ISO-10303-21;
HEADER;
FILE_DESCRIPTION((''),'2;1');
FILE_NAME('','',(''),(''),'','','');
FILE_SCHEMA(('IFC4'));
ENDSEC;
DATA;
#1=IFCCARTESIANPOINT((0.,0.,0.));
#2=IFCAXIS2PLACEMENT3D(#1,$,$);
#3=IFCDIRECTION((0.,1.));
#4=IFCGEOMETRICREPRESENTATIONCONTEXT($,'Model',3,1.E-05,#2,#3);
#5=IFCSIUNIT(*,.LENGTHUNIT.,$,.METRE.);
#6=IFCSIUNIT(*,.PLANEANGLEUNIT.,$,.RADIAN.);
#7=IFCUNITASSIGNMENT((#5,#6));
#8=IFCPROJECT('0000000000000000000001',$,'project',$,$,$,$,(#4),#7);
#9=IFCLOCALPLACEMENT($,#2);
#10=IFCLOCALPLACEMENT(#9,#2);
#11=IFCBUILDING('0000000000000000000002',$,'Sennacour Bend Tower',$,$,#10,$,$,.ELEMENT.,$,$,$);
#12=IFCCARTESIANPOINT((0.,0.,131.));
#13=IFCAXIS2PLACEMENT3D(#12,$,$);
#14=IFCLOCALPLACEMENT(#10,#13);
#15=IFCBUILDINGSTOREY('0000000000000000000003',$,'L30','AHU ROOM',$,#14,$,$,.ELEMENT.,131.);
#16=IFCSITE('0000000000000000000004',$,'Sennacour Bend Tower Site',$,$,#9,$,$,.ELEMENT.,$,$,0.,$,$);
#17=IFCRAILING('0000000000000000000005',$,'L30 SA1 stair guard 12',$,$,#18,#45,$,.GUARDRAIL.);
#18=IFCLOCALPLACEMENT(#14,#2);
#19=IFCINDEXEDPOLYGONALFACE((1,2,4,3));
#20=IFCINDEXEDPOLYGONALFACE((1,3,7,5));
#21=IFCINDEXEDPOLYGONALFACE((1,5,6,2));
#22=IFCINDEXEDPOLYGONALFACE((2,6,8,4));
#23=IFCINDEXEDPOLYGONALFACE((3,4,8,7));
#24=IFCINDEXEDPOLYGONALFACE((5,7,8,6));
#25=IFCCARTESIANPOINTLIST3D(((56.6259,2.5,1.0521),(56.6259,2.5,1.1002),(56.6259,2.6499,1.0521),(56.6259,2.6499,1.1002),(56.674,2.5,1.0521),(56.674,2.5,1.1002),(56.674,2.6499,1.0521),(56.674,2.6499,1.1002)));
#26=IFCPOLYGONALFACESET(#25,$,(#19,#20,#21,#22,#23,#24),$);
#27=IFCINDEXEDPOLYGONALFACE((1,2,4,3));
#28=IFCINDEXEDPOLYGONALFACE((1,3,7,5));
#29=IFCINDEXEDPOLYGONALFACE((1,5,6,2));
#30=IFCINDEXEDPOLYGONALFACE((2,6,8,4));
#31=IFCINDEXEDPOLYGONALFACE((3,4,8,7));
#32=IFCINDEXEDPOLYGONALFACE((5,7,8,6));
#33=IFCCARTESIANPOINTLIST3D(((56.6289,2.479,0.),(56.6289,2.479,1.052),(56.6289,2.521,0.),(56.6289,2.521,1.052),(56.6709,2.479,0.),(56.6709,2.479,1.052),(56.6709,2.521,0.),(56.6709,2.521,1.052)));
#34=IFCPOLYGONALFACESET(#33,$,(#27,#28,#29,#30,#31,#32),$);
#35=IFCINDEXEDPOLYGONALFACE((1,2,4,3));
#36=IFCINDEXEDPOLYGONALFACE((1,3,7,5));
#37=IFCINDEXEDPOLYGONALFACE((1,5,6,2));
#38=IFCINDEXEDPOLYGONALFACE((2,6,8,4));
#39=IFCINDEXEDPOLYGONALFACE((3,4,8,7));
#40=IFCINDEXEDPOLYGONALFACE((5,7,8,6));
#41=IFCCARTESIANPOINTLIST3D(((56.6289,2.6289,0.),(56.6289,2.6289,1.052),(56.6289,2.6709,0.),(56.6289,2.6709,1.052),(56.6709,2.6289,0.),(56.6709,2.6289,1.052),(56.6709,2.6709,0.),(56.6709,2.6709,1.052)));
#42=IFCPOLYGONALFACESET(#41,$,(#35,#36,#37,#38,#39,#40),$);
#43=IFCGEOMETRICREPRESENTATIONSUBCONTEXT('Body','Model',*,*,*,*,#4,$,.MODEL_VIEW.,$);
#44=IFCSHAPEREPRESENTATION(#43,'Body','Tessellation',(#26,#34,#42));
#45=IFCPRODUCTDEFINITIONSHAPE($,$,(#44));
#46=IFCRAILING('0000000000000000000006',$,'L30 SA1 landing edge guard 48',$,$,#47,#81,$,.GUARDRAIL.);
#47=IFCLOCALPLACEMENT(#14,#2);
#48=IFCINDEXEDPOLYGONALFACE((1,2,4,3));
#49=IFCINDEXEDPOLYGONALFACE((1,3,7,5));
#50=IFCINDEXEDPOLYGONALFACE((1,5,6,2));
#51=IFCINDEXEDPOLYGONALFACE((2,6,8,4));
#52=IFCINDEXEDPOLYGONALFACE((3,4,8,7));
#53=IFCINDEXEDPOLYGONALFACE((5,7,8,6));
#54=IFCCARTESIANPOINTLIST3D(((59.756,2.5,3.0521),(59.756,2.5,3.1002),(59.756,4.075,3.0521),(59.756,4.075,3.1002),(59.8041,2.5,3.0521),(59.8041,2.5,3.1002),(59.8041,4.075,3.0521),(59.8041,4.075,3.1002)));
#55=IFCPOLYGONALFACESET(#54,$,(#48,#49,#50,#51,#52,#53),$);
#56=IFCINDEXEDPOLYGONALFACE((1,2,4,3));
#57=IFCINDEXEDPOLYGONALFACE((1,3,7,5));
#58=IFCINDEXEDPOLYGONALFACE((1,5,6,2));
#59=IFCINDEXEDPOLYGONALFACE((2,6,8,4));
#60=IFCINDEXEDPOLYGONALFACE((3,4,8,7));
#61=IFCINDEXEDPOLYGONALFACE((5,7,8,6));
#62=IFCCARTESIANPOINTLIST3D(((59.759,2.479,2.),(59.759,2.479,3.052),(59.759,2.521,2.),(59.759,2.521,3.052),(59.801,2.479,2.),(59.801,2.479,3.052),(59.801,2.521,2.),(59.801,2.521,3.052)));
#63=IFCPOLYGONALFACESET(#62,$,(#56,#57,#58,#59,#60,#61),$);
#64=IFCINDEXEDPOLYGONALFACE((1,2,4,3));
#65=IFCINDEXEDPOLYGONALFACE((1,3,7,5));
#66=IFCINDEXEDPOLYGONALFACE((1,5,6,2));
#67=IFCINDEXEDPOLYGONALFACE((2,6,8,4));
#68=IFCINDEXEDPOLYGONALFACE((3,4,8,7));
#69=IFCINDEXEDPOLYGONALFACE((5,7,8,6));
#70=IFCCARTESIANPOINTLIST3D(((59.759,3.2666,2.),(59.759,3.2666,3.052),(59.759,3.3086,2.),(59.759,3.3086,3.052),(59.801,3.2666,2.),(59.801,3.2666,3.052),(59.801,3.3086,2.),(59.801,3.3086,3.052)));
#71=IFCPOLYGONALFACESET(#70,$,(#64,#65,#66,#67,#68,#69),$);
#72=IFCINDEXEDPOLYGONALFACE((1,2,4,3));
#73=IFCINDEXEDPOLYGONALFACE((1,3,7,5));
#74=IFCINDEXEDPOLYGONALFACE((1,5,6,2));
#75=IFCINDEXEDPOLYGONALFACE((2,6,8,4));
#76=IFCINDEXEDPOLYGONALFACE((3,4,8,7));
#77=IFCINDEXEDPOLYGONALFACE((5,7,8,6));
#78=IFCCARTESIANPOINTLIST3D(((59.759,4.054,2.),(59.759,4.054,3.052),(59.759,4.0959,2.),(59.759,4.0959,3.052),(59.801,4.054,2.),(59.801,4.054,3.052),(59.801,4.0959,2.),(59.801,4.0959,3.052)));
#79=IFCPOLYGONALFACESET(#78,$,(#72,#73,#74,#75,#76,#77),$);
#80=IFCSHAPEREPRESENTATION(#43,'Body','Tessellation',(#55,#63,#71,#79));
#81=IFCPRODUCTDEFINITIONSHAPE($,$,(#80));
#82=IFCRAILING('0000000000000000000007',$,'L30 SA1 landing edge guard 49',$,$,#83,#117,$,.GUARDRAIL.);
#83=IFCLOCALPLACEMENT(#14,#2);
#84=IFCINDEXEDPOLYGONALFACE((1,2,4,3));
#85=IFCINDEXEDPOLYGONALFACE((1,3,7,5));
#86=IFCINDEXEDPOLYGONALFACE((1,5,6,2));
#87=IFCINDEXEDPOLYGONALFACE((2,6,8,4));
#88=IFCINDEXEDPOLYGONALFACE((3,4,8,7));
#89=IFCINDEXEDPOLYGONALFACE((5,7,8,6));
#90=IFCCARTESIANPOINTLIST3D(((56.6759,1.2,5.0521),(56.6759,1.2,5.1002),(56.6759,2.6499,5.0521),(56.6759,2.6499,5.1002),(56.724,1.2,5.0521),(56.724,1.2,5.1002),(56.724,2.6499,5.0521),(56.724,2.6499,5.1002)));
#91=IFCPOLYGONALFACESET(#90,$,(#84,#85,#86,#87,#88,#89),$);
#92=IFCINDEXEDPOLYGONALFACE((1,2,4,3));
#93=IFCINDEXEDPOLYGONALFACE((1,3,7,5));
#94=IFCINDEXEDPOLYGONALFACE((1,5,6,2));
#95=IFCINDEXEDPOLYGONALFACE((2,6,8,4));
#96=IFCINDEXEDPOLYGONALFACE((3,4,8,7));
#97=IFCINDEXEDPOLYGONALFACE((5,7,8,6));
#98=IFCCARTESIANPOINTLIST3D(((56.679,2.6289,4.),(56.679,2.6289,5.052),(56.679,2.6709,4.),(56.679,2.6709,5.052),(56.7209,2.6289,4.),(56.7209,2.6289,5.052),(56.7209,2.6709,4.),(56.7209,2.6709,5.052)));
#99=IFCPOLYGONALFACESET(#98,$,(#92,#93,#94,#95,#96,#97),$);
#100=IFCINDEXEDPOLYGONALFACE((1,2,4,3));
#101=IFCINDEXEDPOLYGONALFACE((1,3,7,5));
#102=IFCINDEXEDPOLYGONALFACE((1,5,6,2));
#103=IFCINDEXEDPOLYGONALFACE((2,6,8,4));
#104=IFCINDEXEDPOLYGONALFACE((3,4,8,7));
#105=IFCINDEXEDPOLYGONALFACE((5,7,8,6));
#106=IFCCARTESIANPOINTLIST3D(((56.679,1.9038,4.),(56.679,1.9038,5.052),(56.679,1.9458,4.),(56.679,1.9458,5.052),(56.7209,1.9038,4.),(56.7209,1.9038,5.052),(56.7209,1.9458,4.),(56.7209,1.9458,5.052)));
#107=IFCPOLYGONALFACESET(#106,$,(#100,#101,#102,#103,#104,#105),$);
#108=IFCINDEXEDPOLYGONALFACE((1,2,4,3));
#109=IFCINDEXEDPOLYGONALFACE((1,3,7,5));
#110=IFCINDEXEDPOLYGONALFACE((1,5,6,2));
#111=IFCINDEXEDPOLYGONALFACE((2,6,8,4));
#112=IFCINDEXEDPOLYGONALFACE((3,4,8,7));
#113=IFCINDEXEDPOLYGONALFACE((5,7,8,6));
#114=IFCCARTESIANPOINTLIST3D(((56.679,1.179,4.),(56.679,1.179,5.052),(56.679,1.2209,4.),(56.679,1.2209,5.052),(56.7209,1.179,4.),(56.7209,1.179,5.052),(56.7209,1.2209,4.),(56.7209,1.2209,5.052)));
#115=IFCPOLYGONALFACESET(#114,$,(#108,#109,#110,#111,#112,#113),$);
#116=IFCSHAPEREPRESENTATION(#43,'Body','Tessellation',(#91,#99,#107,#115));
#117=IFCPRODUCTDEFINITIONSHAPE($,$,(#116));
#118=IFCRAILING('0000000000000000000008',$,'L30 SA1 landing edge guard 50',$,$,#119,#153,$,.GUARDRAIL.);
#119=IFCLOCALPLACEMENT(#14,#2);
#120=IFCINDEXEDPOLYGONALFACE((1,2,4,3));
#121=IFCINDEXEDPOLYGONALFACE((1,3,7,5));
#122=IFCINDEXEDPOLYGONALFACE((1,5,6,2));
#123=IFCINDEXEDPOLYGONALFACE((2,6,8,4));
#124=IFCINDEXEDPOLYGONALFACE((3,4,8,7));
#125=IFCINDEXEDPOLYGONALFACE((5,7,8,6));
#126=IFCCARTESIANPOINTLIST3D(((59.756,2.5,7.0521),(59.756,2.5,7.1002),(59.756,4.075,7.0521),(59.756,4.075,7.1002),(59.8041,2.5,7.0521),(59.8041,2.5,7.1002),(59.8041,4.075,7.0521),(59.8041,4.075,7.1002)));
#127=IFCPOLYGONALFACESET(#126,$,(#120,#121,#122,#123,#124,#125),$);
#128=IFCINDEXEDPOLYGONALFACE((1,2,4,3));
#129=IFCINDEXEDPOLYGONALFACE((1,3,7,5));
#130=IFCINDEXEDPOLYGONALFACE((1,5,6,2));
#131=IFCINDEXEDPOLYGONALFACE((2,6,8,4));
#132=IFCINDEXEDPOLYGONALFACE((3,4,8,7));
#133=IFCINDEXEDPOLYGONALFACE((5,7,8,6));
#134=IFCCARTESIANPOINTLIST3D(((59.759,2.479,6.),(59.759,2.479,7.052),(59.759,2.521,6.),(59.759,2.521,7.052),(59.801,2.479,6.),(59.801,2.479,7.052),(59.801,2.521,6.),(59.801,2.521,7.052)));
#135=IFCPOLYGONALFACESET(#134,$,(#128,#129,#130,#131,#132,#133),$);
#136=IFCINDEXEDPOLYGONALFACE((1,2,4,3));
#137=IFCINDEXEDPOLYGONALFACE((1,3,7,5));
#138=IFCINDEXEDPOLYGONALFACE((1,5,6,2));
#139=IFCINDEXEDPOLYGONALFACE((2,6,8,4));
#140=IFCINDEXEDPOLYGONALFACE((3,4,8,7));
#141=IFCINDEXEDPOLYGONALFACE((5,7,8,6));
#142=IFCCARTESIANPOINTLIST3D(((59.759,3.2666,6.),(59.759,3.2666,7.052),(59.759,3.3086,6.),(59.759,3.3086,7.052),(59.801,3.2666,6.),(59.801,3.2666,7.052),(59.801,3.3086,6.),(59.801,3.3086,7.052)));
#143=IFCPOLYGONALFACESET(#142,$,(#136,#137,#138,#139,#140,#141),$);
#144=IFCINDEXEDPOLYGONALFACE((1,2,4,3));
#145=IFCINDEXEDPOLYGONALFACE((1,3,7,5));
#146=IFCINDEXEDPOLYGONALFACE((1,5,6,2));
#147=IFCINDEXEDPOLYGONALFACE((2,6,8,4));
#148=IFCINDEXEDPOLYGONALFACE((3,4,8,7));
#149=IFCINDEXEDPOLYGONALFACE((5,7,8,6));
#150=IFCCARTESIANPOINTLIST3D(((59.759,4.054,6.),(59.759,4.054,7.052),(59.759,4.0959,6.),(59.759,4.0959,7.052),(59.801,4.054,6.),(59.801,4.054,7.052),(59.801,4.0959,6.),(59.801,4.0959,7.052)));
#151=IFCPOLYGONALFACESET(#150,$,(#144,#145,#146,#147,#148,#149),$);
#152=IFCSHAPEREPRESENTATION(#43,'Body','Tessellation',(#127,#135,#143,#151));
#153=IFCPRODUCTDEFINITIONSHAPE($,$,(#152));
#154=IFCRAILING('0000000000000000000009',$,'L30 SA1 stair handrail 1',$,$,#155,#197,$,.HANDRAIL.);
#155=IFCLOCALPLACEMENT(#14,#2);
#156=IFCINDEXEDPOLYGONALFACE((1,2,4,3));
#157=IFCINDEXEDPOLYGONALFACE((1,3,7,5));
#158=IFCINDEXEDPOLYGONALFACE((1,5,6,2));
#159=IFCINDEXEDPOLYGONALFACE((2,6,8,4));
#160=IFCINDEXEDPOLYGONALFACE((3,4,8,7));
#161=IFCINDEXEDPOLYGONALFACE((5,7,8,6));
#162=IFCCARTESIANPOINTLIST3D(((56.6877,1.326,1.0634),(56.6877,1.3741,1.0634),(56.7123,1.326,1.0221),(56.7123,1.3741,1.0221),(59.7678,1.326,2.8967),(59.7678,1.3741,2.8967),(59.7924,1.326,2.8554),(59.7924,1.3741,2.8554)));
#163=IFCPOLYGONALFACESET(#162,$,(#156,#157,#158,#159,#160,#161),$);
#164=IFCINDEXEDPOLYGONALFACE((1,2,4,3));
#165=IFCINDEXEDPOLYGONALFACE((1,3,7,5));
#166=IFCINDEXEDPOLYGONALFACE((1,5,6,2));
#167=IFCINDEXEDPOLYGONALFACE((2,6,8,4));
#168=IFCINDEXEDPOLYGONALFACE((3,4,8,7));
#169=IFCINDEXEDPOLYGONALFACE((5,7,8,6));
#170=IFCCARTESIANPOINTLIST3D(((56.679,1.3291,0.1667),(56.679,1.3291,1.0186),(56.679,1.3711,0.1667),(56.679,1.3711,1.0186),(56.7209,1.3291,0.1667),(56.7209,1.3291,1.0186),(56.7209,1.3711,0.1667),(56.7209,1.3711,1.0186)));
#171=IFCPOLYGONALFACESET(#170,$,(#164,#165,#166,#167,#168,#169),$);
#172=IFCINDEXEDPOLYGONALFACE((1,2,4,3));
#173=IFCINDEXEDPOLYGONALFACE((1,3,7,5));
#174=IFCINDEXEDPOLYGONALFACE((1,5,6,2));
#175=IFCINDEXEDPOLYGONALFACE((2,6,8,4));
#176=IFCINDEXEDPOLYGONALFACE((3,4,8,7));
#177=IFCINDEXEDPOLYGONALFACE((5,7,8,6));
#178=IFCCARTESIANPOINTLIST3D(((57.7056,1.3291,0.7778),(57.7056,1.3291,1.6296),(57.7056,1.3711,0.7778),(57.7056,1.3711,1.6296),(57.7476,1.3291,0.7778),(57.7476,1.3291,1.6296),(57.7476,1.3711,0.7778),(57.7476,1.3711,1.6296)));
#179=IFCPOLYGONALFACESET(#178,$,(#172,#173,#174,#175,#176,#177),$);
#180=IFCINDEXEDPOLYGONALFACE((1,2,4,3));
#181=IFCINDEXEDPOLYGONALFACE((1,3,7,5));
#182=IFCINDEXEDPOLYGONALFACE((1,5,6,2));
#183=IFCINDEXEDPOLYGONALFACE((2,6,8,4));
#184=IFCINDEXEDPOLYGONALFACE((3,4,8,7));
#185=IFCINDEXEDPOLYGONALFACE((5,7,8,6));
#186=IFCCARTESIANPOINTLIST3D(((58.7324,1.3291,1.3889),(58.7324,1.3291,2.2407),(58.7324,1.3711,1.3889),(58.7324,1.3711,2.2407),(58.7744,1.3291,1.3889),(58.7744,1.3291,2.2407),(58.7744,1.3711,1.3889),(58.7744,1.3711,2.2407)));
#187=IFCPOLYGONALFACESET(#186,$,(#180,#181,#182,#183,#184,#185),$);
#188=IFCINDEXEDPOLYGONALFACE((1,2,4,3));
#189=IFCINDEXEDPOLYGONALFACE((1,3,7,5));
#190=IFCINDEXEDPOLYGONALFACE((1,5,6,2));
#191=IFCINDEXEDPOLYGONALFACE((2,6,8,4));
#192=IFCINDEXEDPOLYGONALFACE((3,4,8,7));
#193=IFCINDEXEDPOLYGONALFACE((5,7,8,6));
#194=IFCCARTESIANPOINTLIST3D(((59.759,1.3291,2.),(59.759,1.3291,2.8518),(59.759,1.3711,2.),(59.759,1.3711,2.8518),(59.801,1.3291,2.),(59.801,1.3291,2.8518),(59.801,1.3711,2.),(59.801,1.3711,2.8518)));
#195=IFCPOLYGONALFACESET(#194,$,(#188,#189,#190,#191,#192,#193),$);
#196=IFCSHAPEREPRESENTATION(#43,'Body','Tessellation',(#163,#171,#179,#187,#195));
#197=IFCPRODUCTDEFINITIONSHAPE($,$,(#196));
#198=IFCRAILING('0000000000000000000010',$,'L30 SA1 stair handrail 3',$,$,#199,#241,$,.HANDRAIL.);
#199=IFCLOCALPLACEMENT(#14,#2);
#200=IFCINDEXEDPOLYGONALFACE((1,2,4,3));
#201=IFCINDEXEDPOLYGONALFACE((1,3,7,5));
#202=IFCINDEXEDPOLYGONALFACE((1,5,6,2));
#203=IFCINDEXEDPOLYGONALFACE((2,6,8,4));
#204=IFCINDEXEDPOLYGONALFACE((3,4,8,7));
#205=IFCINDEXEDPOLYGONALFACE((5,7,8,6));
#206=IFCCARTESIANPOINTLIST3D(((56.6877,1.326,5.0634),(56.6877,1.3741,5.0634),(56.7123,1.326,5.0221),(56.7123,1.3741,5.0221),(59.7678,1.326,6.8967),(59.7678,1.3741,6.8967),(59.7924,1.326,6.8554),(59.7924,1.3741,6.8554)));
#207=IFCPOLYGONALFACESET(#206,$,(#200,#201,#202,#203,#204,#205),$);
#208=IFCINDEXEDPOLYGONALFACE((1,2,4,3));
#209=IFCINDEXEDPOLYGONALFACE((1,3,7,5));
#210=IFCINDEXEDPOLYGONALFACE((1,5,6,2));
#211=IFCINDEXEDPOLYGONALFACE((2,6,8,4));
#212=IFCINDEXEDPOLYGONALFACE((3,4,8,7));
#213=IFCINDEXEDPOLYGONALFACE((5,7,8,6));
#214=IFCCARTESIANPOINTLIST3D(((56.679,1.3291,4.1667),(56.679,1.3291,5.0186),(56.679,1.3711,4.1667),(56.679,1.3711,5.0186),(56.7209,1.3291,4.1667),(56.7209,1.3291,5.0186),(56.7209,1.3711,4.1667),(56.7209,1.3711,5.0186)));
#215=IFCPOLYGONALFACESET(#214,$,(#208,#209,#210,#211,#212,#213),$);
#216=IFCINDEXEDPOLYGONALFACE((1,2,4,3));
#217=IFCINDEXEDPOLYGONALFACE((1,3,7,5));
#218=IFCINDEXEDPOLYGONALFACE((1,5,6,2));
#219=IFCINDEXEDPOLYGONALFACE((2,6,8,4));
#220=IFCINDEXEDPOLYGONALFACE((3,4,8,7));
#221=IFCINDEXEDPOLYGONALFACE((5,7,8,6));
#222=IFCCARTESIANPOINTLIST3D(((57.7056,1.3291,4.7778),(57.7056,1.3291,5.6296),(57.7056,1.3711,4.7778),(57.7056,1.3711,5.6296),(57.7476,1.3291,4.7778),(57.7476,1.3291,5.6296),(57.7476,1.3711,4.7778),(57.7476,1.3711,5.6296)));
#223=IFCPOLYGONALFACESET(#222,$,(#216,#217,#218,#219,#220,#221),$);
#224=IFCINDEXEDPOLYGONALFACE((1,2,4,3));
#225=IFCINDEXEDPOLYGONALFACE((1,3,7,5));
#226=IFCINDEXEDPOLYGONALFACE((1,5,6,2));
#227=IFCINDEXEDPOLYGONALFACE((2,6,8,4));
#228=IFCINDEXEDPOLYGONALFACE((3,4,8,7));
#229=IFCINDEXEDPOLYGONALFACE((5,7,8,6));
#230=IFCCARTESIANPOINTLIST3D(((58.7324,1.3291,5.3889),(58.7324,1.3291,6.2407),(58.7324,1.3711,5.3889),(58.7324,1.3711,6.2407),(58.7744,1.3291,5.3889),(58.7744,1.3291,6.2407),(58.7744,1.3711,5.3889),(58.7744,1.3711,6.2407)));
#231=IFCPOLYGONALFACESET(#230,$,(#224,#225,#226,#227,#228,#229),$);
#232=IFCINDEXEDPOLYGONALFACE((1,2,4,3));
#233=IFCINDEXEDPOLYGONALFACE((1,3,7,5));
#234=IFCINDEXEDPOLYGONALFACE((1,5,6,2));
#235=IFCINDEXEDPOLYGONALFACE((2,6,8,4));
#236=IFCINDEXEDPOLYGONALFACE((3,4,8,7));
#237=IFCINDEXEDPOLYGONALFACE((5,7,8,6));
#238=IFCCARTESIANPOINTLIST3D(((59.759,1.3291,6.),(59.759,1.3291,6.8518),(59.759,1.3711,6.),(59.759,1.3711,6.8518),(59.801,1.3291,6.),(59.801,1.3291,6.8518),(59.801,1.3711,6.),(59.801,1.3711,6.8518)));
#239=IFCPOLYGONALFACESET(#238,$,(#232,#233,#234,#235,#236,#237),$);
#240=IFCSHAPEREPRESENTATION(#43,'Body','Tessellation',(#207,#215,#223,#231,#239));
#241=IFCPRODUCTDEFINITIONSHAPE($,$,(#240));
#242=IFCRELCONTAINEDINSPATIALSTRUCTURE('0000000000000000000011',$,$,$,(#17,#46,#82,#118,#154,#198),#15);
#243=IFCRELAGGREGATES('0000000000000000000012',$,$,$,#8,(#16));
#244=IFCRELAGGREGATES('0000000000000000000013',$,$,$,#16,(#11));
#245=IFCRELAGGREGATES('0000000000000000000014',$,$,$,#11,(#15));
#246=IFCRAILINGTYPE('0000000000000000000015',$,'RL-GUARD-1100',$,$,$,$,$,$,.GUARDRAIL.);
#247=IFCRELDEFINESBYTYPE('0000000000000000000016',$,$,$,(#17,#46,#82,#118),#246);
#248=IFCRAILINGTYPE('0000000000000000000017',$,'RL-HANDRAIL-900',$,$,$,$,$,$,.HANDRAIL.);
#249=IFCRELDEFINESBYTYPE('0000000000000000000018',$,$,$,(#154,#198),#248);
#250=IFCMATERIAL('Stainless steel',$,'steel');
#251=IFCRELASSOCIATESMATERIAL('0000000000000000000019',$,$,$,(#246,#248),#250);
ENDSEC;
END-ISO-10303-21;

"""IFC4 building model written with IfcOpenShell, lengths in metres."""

from ifc_helpers import new_model, si_unit, direction, frame, origin, origin_2d, place, context, subcontext, project, spatial, rectangle, extrude, material, type_object, element, save


model = new_model("IFC4")

# Units and contexts
model_context = context("Model", 3, precision=1e-05, world=origin(), true_north=direction((0.0, 1.0)))
body_context = subcontext(model_context, "Body", "Model", "MODEL_VIEW")
ifc_project = project(units=[si_unit("LENGTHUNIT", "METRE"), si_unit("PLANEANGLEUNIT", "RADIAN")], contexts=[model_context])

# Site, building, storey
site_placement = place(None, origin())
site = spatial("IfcSite", under=ifc_project, at=site_placement, Name="Sennacour Bend Tower Site", CompositionType="ELEMENT", RefElevation=0.0)
building_placement = place(site_placement, origin())
building = spatial("IfcBuilding", under=site, at=building_placement, Name="Sennacour Bend Tower", CompositionType="ELEMENT")
storey_placement = place(building_placement, frame((0.0, 0.0, 131.0)))
storey = spatial("IfcBuildingStorey", under=building, at=storey_placement, Name="L30", Description="AHU ROOM", CompositionType="ELEMENT", Elevation=131.0)

# Shared definitions
ifc_material_1 = material(Name="Stainless steel", Category="steel")

# Railings
railing_type_1 = type_object("IfcRailingType", Name="RL-GUARD-1100", PredefinedType="GUARDRAIL", material=ifc_material_1)
railing_1_placement = place(storey_placement, frame((56.6499, 2.5, 0.0)))
element("IfcRailing", 1, at=railing_1_placement, inside=storey, type_object=railing_type_1, Name="L30 SA1 stair guard 12", PredefinedType="GUARDRAIL", context=body_context, shape_type="SweptSolid", body=[
    extrude(rectangle(XDim=0.0481, YDim=0.0481, at=origin_2d()), frame((0.0, 0.0, 1.0762), z_axis=(0.0, 1.0, 0.0), x_axis=(-1.0, 0.0, 0.0)), (0.0, 0.0, 1.0), 0.1499),
    extrude(rectangle(XDim=0.042, YDim=0.042, at=origin_2d()), origin(), (0.0, 0.0, 1.0), 1.052),
    extrude(rectangle(XDim=0.042, YDim=0.042, at=origin_2d()), frame((0.0, 0.1499, 0.0)), (0.0, 0.0, 1.0), 1.052),
])
railing_2_placement = place(storey_placement, frame((59.78, 2.5, 2.0)))
element("IfcRailing", 2, at=railing_2_placement, inside=storey, type_object=railing_type_1, Name="L30 SA1 landing edge guard 48", PredefinedType="GUARDRAIL", context=body_context, shape_type="SweptSolid", body=[
    extrude(rectangle(XDim=0.0481, YDim=0.0481, at=origin_2d()), frame((0.0, 0.0, 1.0762), z_axis=(0.0, 1.0, 0.0), x_axis=(-1.0, 0.0, 0.0)), (0.0, 0.0, 1.0), 1.575),
    extrude(rectangle(XDim=0.042, YDim=0.042, at=origin_2d()), origin(), (0.0, 0.0, 1.0), 1.052),
    extrude(rectangle(XDim=0.042, YDim=0.042, at=origin_2d()), frame((0.0, 0.7876, 0.0)), (0.0, 0.0, 1.0), 1.052),
    extrude(rectangle(XDim=0.042, YDim=0.042, at=origin_2d()), frame((0.0, 1.575, 0.0)), (0.0, 0.0, 1.0), 1.052),
])
railing_3_placement = place(storey_placement, frame((56.7, 2.6499, 4.0)))
element("IfcRailing", 3, at=railing_3_placement, inside=storey, type_object=railing_type_1, Name="L30 SA1 landing edge guard 49", PredefinedType="GUARDRAIL", context=body_context, shape_type="SweptSolid", body=[
    extrude(rectangle(XDim=0.0481, YDim=0.0481, at=origin_2d()), frame((0.0, 0.0, 1.0762), z_axis=(0.0, -1.0, 0.0), x_axis=(1.0, 0.0, 0.0)), (0.0, 0.0, 1.0), 1.45),
    extrude(rectangle(XDim=0.042, YDim=0.042, at=origin_2d()), origin(), (0.0, 0.0, 1.0), 1.052),
    extrude(rectangle(XDim=0.042, YDim=0.042, at=origin_2d()), frame((0.0, -0.7251, 0.0)), (0.0, 0.0, 1.0), 1.052),
    extrude(rectangle(XDim=0.042, YDim=0.042, at=origin_2d()), frame((0.0, -1.45, 0.0)), (0.0, 0.0, 1.0), 1.052),
])
railing_4_placement = place(storey_placement, frame((59.78, 2.5, 6.0)))
element("IfcRailing", 4, at=railing_4_placement, inside=storey, type_object=railing_type_1, Name="L30 SA1 landing edge guard 50", PredefinedType="GUARDRAIL", context=body_context, shape_type="SweptSolid", body=[
    extrude(rectangle(XDim=0.0481, YDim=0.0481, at=origin_2d()), frame((0.0, 0.0, 1.0762), z_axis=(0.0, 1.0, 0.0), x_axis=(-1.0, 0.0, 0.0)), (0.0, 0.0, 1.0), 1.575),
    extrude(rectangle(XDim=0.042, YDim=0.042, at=origin_2d()), origin(), (0.0, 0.0, 1.0), 1.052),
    extrude(rectangle(XDim=0.042, YDim=0.042, at=origin_2d()), frame((0.0, 0.7876, 0.0)), (0.0, 0.0, 1.0), 1.052),
    extrude(rectangle(XDim=0.042, YDim=0.042, at=origin_2d()), frame((0.0, 1.575, 0.0)), (0.0, 0.0, 1.0), 1.052),
])
railing_type_2 = type_object("IfcRailingType", Name="RL-HANDRAIL-900", PredefinedType="HANDRAIL", material=ifc_material_1)
for number, where, name in (
    (5, (56.7, 1.3501, 0.1667), "L30 SA1 stair handrail 1"),
    (6, (56.7, 1.3501, 4.1667), "L30 SA1 stair handrail 3"),
):
    element("IfcRailing", number, at=place(storey_placement, frame(where)), inside=storey, type_object=railing_type_2, Name=name, PredefinedType="HANDRAIL", context=body_context, shape_type="SweptSolid", body=[
        extrude(rectangle(XDim=0.0481, YDim=0.0481, at=origin_2d()), frame((0.0, 0.0, 0.876), z_axis=(0.859309, 0.0, 0.511458), x_axis=(0.0, 1.0, 0.0)), (0.0, 0.0, 1.0), 3.5845),
        extrude(rectangle(XDim=0.042, YDim=0.042, at=origin_2d()), origin(), (0.0, 0.0, 1.0), 0.8518),
        extrude(rectangle(XDim=0.042, YDim=0.042, at=origin_2d()), frame((1.0266, 0.0, 0.6111)), (0.0, 0.0, 1.0), 0.8518),
        extrude(rectangle(XDim=0.042, YDim=0.042, at=origin_2d()), frame((2.0535, 0.0, 1.2222)), (0.0, 0.0, 1.0), 0.8518),
        extrude(rectangle(XDim=0.042, YDim=0.042, at=origin_2d()), frame((3.0801, 0.0, 1.8333)), (0.0, 0.0, 1.0), 0.8518),
    ])

save(model, "model.ifc")
